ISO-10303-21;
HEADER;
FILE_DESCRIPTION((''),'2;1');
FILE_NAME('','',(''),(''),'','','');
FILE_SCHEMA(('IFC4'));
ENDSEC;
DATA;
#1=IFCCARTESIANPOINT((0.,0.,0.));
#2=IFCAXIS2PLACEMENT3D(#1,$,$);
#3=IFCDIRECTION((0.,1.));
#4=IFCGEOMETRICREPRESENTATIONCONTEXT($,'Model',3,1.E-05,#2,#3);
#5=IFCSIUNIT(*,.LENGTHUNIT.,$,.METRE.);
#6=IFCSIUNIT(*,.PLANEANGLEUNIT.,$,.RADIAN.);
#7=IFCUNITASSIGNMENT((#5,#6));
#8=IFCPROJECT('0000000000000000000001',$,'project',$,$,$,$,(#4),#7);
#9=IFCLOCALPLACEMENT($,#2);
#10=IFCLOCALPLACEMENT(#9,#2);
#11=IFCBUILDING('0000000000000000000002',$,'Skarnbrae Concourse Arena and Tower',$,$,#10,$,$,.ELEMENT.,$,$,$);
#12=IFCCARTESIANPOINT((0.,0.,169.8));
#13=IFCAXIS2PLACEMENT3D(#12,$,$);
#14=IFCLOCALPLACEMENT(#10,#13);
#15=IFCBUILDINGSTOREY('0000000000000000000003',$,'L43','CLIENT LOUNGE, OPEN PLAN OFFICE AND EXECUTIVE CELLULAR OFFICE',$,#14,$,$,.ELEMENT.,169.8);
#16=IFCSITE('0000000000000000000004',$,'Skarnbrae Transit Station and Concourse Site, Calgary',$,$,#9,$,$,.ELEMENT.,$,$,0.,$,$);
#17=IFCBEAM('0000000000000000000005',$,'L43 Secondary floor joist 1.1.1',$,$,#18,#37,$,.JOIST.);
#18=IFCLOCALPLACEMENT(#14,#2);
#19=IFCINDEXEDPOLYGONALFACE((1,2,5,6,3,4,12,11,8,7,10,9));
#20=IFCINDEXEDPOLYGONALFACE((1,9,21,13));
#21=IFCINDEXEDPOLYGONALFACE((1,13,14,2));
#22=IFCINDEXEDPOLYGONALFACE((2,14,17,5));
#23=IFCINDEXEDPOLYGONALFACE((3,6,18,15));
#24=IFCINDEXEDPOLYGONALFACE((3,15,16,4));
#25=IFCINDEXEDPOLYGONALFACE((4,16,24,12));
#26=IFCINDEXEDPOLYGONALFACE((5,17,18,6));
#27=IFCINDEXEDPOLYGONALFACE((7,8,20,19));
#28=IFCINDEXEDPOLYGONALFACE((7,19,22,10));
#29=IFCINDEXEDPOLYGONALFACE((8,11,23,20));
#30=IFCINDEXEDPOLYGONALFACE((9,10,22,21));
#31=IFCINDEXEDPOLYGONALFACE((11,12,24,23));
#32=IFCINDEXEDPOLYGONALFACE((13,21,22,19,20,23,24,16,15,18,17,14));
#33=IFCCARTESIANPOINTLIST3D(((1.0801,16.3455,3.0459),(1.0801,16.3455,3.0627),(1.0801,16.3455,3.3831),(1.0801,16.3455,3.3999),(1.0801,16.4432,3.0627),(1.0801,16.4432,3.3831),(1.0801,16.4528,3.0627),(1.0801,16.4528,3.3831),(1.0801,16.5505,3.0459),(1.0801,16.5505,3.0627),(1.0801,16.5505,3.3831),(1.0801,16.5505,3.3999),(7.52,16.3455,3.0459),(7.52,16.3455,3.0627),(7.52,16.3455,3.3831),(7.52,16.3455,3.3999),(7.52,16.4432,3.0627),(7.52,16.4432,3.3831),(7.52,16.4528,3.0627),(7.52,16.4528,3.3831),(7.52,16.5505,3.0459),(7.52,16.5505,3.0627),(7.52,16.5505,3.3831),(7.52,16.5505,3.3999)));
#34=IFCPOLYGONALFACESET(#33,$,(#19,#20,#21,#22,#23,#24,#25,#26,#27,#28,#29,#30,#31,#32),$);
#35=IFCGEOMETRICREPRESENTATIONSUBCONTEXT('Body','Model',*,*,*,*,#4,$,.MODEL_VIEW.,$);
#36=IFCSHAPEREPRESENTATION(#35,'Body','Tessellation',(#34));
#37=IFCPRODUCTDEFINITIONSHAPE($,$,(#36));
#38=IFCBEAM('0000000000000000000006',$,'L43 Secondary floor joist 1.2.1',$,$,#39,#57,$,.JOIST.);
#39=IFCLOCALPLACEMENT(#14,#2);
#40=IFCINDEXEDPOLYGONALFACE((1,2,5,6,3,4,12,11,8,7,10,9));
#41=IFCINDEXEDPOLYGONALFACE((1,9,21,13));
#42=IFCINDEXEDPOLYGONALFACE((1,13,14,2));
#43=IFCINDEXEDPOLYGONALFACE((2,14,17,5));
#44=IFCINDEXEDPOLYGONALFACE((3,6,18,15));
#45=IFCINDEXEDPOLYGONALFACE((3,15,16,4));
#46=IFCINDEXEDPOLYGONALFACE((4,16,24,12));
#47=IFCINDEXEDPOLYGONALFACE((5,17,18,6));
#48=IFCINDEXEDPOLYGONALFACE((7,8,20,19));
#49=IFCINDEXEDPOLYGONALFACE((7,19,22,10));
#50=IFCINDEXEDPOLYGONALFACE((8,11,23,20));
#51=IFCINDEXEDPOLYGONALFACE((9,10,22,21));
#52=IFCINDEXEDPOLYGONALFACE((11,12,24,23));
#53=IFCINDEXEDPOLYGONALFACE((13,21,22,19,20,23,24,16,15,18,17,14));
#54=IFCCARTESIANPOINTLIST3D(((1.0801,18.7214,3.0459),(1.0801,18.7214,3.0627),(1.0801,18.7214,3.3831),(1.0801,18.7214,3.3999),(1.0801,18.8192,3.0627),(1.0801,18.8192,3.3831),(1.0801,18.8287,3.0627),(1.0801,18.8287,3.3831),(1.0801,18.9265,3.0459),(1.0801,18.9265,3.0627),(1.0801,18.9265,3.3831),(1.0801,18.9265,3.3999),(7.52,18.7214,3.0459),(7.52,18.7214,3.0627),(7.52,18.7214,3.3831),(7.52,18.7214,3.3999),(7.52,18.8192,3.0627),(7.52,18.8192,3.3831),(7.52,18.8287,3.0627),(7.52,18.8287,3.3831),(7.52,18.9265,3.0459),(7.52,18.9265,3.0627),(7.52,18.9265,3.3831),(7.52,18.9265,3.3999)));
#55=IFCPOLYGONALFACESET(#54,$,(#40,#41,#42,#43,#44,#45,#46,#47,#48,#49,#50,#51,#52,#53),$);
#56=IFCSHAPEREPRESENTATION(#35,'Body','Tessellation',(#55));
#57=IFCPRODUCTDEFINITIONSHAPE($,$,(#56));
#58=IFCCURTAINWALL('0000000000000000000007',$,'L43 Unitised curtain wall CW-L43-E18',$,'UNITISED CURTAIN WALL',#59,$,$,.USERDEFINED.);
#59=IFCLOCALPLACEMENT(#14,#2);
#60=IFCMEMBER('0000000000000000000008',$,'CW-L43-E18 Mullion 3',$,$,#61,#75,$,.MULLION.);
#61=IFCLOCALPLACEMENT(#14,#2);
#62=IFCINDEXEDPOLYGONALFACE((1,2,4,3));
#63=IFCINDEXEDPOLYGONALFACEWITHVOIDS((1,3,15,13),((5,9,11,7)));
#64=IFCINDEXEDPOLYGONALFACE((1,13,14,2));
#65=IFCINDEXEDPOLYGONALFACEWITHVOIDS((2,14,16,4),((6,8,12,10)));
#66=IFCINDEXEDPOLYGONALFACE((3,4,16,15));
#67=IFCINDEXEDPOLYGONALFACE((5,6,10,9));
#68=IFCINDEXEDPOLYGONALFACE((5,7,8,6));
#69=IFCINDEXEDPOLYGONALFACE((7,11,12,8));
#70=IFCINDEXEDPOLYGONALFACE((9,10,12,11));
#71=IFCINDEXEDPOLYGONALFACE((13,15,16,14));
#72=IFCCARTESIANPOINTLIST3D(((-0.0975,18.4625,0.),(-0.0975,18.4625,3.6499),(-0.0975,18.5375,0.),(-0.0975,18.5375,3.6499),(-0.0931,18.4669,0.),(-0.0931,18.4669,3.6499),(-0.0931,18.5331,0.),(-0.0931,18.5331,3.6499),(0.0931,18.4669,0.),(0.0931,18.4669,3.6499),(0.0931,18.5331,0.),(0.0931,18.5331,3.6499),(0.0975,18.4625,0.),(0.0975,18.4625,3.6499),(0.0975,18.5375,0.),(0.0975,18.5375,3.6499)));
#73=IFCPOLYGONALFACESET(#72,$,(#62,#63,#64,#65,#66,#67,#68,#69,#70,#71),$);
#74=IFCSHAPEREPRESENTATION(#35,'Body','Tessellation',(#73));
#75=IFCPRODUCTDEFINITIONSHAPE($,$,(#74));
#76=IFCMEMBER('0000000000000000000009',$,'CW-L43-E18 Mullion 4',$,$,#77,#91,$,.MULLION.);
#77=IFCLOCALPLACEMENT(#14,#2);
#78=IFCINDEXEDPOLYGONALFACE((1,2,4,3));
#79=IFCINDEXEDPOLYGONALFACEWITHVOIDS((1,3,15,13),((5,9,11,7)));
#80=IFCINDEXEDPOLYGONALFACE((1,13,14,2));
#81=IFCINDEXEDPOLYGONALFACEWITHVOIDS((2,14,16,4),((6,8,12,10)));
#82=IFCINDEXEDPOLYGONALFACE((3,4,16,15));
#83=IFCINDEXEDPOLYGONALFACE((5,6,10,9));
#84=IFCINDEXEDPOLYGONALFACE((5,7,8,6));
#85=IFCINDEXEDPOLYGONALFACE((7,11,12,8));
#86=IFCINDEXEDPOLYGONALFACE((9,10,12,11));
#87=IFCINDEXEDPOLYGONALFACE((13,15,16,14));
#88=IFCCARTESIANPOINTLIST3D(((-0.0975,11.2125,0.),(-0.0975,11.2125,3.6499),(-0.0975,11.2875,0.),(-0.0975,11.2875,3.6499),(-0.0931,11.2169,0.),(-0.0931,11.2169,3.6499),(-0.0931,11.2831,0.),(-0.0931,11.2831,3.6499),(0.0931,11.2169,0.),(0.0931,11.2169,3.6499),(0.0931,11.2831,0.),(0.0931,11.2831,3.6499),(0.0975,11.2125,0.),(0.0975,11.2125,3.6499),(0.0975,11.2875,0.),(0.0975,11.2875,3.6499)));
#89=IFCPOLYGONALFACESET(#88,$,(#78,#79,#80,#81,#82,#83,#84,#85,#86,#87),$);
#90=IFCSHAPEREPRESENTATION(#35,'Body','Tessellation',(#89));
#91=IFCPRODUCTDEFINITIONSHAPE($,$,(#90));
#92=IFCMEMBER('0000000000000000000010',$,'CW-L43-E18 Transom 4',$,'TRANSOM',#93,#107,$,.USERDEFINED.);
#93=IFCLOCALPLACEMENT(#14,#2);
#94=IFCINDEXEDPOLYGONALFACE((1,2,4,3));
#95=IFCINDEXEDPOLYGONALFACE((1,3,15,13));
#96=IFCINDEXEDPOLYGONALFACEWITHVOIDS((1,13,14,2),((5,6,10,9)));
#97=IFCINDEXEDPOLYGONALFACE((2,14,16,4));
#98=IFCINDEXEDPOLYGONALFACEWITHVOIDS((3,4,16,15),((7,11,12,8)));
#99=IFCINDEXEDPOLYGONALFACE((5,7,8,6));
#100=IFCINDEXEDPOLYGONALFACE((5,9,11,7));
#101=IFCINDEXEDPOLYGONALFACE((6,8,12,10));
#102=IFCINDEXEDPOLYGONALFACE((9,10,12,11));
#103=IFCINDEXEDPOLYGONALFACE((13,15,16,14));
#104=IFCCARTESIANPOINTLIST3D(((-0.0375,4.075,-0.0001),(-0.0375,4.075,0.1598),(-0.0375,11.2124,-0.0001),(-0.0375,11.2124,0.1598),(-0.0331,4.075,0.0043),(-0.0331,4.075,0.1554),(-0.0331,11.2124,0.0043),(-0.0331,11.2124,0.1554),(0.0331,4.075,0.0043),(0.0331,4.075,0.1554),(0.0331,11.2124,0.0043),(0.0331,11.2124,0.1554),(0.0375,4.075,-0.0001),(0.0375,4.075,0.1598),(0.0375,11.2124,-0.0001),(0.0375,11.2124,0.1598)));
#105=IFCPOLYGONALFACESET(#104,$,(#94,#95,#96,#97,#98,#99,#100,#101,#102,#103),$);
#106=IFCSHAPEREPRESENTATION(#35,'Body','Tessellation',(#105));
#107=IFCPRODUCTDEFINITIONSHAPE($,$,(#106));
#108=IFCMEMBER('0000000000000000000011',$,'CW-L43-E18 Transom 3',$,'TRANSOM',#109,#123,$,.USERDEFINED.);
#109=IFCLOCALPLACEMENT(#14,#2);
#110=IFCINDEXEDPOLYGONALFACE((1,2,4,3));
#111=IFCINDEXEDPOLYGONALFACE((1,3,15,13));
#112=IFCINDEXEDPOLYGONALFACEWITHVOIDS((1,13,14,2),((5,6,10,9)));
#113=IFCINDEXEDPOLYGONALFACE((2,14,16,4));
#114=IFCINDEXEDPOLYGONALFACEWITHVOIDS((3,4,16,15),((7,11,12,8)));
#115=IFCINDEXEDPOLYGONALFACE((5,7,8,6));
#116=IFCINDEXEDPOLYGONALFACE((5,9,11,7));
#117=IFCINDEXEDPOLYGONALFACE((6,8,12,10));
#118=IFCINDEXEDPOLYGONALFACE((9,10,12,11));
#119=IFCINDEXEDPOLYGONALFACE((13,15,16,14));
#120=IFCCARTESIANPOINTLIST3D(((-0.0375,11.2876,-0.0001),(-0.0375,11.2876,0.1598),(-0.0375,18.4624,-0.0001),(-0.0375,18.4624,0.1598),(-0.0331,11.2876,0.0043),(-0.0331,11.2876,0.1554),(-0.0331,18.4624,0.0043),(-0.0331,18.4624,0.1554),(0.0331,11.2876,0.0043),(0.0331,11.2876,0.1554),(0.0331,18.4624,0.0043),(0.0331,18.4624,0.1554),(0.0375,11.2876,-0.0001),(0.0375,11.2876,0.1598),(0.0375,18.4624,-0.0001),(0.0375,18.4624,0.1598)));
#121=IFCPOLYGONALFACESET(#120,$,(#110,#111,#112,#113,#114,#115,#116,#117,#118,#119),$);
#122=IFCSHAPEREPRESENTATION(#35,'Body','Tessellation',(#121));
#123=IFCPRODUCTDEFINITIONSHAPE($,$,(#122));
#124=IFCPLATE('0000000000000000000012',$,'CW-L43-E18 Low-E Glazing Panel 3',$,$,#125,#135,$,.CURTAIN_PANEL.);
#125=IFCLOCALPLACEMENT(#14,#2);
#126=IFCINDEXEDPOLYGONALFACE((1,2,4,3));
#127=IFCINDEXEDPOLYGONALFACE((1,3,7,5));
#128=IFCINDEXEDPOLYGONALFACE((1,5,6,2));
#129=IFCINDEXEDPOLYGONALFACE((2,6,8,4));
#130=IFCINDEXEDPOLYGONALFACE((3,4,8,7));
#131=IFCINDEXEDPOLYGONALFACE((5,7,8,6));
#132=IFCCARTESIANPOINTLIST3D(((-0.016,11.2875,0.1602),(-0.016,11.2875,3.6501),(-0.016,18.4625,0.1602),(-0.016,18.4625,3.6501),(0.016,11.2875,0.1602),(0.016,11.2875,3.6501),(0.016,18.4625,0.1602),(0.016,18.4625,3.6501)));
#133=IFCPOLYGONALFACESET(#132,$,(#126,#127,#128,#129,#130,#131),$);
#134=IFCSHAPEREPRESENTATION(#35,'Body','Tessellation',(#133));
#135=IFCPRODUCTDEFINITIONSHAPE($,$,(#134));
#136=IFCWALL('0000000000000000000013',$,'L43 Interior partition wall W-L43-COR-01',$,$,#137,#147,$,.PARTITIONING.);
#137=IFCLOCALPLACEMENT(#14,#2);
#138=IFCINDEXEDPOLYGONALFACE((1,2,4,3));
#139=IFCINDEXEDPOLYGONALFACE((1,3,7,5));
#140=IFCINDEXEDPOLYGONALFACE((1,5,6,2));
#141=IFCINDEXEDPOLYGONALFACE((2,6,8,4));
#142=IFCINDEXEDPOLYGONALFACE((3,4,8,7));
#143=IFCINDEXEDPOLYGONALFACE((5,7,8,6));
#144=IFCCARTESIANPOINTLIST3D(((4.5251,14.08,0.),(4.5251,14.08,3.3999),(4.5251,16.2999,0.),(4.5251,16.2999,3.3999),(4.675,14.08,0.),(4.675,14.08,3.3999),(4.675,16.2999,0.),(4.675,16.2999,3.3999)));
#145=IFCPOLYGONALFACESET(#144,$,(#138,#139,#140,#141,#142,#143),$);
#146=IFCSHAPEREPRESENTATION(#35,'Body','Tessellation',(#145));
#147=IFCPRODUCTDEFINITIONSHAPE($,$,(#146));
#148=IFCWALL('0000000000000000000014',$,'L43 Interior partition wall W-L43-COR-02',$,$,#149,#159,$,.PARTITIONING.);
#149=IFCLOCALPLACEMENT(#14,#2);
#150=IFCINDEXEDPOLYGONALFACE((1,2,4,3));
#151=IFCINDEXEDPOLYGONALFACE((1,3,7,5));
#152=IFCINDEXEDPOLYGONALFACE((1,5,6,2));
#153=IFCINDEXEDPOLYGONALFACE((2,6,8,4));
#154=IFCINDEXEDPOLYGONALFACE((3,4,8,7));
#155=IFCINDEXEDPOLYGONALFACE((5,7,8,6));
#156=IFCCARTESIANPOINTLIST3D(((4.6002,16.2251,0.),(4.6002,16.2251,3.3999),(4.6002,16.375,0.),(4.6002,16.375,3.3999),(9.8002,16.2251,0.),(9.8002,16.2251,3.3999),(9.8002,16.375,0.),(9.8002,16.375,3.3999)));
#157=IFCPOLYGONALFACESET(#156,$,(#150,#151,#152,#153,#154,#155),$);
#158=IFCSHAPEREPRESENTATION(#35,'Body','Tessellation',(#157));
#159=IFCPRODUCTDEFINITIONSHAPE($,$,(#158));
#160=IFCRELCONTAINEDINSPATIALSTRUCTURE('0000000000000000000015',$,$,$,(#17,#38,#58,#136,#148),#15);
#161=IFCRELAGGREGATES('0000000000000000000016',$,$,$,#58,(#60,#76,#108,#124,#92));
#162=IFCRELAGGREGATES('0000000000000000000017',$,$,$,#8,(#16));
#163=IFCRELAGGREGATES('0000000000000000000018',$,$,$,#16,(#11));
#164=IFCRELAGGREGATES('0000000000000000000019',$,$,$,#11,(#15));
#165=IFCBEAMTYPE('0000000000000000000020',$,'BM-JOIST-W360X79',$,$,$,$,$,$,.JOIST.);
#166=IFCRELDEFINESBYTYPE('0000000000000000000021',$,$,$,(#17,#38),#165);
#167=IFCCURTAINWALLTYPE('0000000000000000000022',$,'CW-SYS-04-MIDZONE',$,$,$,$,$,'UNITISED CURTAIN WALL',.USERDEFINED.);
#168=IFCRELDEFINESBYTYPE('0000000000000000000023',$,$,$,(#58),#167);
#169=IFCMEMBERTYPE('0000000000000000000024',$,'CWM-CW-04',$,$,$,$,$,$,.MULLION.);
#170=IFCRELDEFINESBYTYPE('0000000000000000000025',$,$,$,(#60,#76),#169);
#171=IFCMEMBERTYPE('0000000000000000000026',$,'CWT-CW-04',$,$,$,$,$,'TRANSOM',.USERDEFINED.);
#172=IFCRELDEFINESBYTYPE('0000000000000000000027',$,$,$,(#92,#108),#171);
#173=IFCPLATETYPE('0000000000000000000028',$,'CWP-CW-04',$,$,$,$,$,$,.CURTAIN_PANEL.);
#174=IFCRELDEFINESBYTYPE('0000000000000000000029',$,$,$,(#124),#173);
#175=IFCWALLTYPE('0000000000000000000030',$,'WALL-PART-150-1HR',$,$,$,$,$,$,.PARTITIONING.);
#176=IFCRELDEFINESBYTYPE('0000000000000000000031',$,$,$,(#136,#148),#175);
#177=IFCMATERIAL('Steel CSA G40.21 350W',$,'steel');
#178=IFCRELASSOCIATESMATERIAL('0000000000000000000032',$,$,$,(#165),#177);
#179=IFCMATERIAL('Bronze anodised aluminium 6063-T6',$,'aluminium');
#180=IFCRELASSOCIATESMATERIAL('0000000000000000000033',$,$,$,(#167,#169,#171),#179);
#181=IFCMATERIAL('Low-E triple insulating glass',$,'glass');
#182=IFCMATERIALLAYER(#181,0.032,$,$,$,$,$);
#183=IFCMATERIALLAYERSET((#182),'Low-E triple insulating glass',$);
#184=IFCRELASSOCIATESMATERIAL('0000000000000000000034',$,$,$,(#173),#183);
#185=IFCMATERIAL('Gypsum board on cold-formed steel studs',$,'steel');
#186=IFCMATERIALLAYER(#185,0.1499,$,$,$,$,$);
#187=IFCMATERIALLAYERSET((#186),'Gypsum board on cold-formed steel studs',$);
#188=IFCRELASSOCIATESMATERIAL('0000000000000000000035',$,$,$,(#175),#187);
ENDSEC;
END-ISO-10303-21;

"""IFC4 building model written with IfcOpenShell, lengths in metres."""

from ifc_helpers import new_model, si_unit, direction, frame, frame_2d, origin, origin_2d, place, context, subcontext, project, spatial, rectangle, hollow_rectangle, i_section, extrude, source, transform, mapped, material, layer, layer_set, material_profile, profile_set, type_object, element, aggregate, save


model = new_model("IFC4")

# Units and contexts
model_context = context("Model", 3, precision=1e-05, world=origin(), true_north=direction((0.0, 1.0)))
body_context = subcontext(model_context, "Body", "Model", "MODEL_VIEW")
ifc_project = project(units=[si_unit("LENGTHUNIT", "METRE"), si_unit("PLANEANGLEUNIT", "RADIAN")], contexts=[model_context])

# Site, building, storey
site_placement = place(None, origin())
site = spatial("IfcSite", under=ifc_project, at=site_placement, Name="Skarnbrae Transit Station and Concourse Site, Calgary", CompositionType="ELEMENT", RefElevation=0.0)
building_placement = place(site_placement, origin())
building = spatial("IfcBuilding", under=site, at=building_placement, Name="Skarnbrae Concourse Arena and Tower", CompositionType="ELEMENT")
storey_placement = place(building_placement, frame((0.0, 0.0, 169.8)))
storey = spatial("IfcBuildingStorey", under=building, at=storey_placement, Name="L43", Description="CLIENT LOUNGE, OPEN PLAN OFFICE AND EXECUTIVE CELLULAR OFFICE", CompositionType="ELEMENT", Elevation=169.8)

# Shared definitions
ifc_material_1 = material(Name="Steel CSA G40.21 350W", Category="steel")

# Beams
ifc_material_profile_1 = material_profile(ifc_material_1, i_section(OverallWidth=0.2051, OverallDepth=0.354, WebThickness=0.0095, FlangeThickness=0.0168, at=origin_2d()), Name="W360X79")
ifc_profile_set_1 = profile_set([ifc_material_profile_1], Name="Steel CSA G40.21 350W")
beam_type_1 = type_object("IfcBeamType", Name="BM-JOIST-W360X79", PredefinedType="JOIST", material=ifc_profile_set_1)
shared_shape_1 = source(origin(), body_context, "Body", "SweptSolid", [
    extrude(i_section(OverallWidth=0.2051, OverallDepth=0.354, WebThickness=0.0095, FlangeThickness=0.0168, at=origin_2d()), origin(), (0.0, 0.0, 1.0), 6.4399),
])
for number, where, z_axis, x_axis, name in (
    (1, (1.0801, 16.448, 3.2229), (1.0, 0.0, 0.0), (0.0, 1.0, 0.0), "L43 Secondary floor joist 1.1.1"),
    (2, (1.0801, 18.824, 3.2229), (1.0, 0.0, 0.0), (0.0, 1.0, 0.0), "L43 Secondary floor joist 1.2.1"),
):
    element("IfcBeam", number, at=place(storey_placement, frame(where, z_axis=z_axis, x_axis=x_axis)), inside=storey, type_object=beam_type_1, Name=name, PredefinedType="JOIST", context=body_context, shape_type="MappedRepresentation", body=[
        mapped(shared_shape_1, transform((0.0, 0.0, 0.0))),
    ])

# Curtain wall, members, plate
ifc_material_2 = material(Name="Bronze anodised aluminium 6063-T6", Category="aluminium")
curtain_wall_type = type_object("IfcCurtainWallType", Name="CW-SYS-04-MIDZONE", ElementType="UNITISED CURTAIN WALL", PredefinedType="USERDEFINED", material=ifc_material_2)
curtain_wall_placement = place(storey_placement, origin())
curtain_wall = element("IfcCurtainWall", 3, at=curtain_wall_placement, inside=storey, type_object=curtain_wall_type, Name="L43 Unitised curtain wall CW-L43-E18", ObjectType="UNITISED CURTAIN WALL", PredefinedType="USERDEFINED")
ifc_material_profile_2 = material_profile(ifc_material_2, hollow_rectangle(XDim=0.075, YDim=0.1951, WallThickness=0.0044, at=origin_2d()), Name="ALU-MULL-75X195")
ifc_profile_set_2 = profile_set([ifc_material_profile_2], Name="Bronze anodised aluminium 6063-T6")
member_type_1 = type_object("IfcMemberType", Name="CWM-CW-04", PredefinedType="MULLION", material=ifc_profile_set_2)
shared_shape_2 = source(origin(), body_context, "Body", "SweptSolid", [
    extrude(hollow_rectangle(XDim=0.075, YDim=0.1951, WallThickness=0.0044, at=origin_2d()), origin(), (0.0, 0.0, 1.0), 3.6499),
])
member_1_placement = place(storey_placement, frame((0.0, 18.5, 0.0), z_axis=(0.0, 0.0, 1.0), x_axis=(0.0, -1.0, 0.0)))
member_1 = element("IfcMember", 4, at=member_1_placement, type_object=member_type_1, Name="CW-L43-E18 Mullion 3", PredefinedType="MULLION", context=body_context, shape_type="MappedRepresentation", body=[
    mapped(shared_shape_2, transform((0.0, 0.0, 0.0))),
])
member_2_placement = place(storey_placement, frame((0.0, 11.25, 0.0), z_axis=(0.0, 0.0, 1.0), x_axis=(0.0, -1.0, 0.0)))
member_2 = element("IfcMember", 5, at=member_2_placement, type_object=member_type_1, Name="CW-L43-E18 Mullion 4", PredefinedType="MULLION", context=body_context, shape_type="MappedRepresentation", body=[
    mapped(shared_shape_2, transform((0.0, 0.0, 0.0))),
])
ifc_material_profile_3 = material_profile(ifc_material_2, hollow_rectangle(XDim=0.075, YDim=0.1599, WallThickness=0.0044, at=origin_2d()), Name="ALU-TRAN-75X160")
ifc_profile_set_3 = profile_set([ifc_material_profile_3], Name="Bronze anodised aluminium 6063-T6")
member_type_2 = type_object("IfcMemberType", Name="CWT-CW-04", ElementType="TRANSOM", PredefinedType="USERDEFINED", material=ifc_profile_set_3)
shared_shape_3 = source(origin(), body_context, "Body", "SweptSolid", [
    extrude(hollow_rectangle(XDim=0.075, YDim=0.1599, WallThickness=0.0044, at=origin_2d()), origin(), (0.0, 0.0, 1.0), 7.1375),
])
member_3_placement = place(storey_placement, frame((0.0, 11.2124, 0.0798), z_axis=(0.0, -1.0, 0.0), x_axis=(1.0, 0.0, 0.0)))
member_3 = element("IfcMember", 6, at=member_3_placement, type_object=member_type_2, Name="CW-L43-E18 Transom 4", ObjectType="TRANSOM", PredefinedType="USERDEFINED", context=body_context, shape_type="MappedRepresentation", body=[
    mapped(shared_shape_3, transform((0.0, 0.0, 0.0))),
])
shared_shape_4 = source(origin(), body_context, "Body", "SweptSolid", [
    extrude(hollow_rectangle(XDim=0.075, YDim=0.1599, WallThickness=0.0044, at=origin_2d()), origin(), (0.0, 0.0, 1.0), 7.1748),
])
member_4_placement = place(storey_placement, frame((0.0, 18.4624, 0.0798), z_axis=(0.0, -1.0, 0.0), x_axis=(1.0, 0.0, 0.0)))
member_4 = element("IfcMember", 7, at=member_4_placement, type_object=member_type_2, Name="CW-L43-E18 Transom 3", ObjectType="TRANSOM", PredefinedType="USERDEFINED", context=body_context, shape_type="MappedRepresentation", body=[
    mapped(shared_shape_4, transform((0.0, 0.0, 0.0))),
])
ifc_material_3 = material(Name="Low-E triple insulating glass", Category="glass")
ifc_layer_1 = layer(ifc_material_3, 0.032)
ifc_layer_set_1 = layer_set([ifc_layer_1], Name="Low-E triple insulating glass")
plate_type = type_object("IfcPlateType", Name="CWP-CW-04", PredefinedType="CURTAIN_PANEL", material=ifc_layer_set_1)
shared_shape_5 = source(origin(), body_context, "Body", "SweptSolid", [
    extrude(rectangle(XDim=7.175, YDim=0.032, at=origin_2d()), origin(), (0.0, 0.0, 1.0), 3.49),
])
plate_placement = place(storey_placement, frame((0.0, 14.875, 0.1602), z_axis=(0.0, 0.0, 1.0), x_axis=(0.0, -1.0, 0.0)))
plate = element("IfcPlate", 8, at=plate_placement, type_object=plate_type, Name="CW-L43-E18 Low-E Glazing Panel 3", PredefinedType="CURTAIN_PANEL", context=body_context, shape_type="MappedRepresentation", body=[
    mapped(shared_shape_5, transform((0.0, 0.0, 0.0))),
])
aggregate(curtain_wall, [member_1, member_2, member_4, plate, member_3])

# Walls
ifc_material_4 = material(Name="Gypsum board on cold-formed steel studs", Category="steel")
ifc_layer_2 = layer(ifc_material_4, 0.1499)
ifc_layer_set_2 = layer_set([ifc_layer_2], Name="Gypsum board on cold-formed steel studs")
wall_type_1 = type_object("IfcWallType", Name="WALL-PART-150-1HR", PredefinedType="PARTITIONING", material=ifc_layer_set_2)
shared_shape_6 = source(origin(), body_context, "Body", "SweptSolid", [
    extrude(rectangle(XDim=2.22, YDim=0.1499, at=frame_2d((1.1099, 0.0))), origin(), (0.0, 0.0, 1.0), 3.3999),
])
wall_1_placement = place(storey_placement, frame((4.6001, 14.0801, 0.0), z_axis=(0.0, 0.0, 1.0), x_axis=(0.0, 1.0, 0.0)))
element("IfcWall", 9, at=wall_1_placement, inside=storey, type_object=wall_type_1, Name="L43 Interior partition wall W-L43-COR-01", PredefinedType="PARTITIONING", context=body_context, shape_type="MappedRepresentation", body=[
    mapped(shared_shape_6, transform((0.0, 0.0, 0.0))),
])
shared_shape_7 = source(origin(), body_context, "Body", "SweptSolid", [
    extrude(rectangle(XDim=5.2, YDim=0.1499, at=frame_2d((2.6001, 0.0))), origin(), (0.0, 0.0, 1.0), 3.3999),
])
wall_2_placement = place(storey_placement, frame((4.6001, 16.3, 0.0), z_axis=(0.0, 0.0, 1.0), x_axis=(1.0, 0.0, 0.0)))
element("IfcWall", 10, at=wall_2_placement, inside=storey, type_object=wall_type_1, Name="L43 Interior partition wall W-L43-COR-02", PredefinedType="PARTITIONING", context=body_context, shape_type="MappedRepresentation", body=[
    mapped(shared_shape_7, transform((0.0, 0.0, 0.0))),
])

save(model, "model.ifc")
